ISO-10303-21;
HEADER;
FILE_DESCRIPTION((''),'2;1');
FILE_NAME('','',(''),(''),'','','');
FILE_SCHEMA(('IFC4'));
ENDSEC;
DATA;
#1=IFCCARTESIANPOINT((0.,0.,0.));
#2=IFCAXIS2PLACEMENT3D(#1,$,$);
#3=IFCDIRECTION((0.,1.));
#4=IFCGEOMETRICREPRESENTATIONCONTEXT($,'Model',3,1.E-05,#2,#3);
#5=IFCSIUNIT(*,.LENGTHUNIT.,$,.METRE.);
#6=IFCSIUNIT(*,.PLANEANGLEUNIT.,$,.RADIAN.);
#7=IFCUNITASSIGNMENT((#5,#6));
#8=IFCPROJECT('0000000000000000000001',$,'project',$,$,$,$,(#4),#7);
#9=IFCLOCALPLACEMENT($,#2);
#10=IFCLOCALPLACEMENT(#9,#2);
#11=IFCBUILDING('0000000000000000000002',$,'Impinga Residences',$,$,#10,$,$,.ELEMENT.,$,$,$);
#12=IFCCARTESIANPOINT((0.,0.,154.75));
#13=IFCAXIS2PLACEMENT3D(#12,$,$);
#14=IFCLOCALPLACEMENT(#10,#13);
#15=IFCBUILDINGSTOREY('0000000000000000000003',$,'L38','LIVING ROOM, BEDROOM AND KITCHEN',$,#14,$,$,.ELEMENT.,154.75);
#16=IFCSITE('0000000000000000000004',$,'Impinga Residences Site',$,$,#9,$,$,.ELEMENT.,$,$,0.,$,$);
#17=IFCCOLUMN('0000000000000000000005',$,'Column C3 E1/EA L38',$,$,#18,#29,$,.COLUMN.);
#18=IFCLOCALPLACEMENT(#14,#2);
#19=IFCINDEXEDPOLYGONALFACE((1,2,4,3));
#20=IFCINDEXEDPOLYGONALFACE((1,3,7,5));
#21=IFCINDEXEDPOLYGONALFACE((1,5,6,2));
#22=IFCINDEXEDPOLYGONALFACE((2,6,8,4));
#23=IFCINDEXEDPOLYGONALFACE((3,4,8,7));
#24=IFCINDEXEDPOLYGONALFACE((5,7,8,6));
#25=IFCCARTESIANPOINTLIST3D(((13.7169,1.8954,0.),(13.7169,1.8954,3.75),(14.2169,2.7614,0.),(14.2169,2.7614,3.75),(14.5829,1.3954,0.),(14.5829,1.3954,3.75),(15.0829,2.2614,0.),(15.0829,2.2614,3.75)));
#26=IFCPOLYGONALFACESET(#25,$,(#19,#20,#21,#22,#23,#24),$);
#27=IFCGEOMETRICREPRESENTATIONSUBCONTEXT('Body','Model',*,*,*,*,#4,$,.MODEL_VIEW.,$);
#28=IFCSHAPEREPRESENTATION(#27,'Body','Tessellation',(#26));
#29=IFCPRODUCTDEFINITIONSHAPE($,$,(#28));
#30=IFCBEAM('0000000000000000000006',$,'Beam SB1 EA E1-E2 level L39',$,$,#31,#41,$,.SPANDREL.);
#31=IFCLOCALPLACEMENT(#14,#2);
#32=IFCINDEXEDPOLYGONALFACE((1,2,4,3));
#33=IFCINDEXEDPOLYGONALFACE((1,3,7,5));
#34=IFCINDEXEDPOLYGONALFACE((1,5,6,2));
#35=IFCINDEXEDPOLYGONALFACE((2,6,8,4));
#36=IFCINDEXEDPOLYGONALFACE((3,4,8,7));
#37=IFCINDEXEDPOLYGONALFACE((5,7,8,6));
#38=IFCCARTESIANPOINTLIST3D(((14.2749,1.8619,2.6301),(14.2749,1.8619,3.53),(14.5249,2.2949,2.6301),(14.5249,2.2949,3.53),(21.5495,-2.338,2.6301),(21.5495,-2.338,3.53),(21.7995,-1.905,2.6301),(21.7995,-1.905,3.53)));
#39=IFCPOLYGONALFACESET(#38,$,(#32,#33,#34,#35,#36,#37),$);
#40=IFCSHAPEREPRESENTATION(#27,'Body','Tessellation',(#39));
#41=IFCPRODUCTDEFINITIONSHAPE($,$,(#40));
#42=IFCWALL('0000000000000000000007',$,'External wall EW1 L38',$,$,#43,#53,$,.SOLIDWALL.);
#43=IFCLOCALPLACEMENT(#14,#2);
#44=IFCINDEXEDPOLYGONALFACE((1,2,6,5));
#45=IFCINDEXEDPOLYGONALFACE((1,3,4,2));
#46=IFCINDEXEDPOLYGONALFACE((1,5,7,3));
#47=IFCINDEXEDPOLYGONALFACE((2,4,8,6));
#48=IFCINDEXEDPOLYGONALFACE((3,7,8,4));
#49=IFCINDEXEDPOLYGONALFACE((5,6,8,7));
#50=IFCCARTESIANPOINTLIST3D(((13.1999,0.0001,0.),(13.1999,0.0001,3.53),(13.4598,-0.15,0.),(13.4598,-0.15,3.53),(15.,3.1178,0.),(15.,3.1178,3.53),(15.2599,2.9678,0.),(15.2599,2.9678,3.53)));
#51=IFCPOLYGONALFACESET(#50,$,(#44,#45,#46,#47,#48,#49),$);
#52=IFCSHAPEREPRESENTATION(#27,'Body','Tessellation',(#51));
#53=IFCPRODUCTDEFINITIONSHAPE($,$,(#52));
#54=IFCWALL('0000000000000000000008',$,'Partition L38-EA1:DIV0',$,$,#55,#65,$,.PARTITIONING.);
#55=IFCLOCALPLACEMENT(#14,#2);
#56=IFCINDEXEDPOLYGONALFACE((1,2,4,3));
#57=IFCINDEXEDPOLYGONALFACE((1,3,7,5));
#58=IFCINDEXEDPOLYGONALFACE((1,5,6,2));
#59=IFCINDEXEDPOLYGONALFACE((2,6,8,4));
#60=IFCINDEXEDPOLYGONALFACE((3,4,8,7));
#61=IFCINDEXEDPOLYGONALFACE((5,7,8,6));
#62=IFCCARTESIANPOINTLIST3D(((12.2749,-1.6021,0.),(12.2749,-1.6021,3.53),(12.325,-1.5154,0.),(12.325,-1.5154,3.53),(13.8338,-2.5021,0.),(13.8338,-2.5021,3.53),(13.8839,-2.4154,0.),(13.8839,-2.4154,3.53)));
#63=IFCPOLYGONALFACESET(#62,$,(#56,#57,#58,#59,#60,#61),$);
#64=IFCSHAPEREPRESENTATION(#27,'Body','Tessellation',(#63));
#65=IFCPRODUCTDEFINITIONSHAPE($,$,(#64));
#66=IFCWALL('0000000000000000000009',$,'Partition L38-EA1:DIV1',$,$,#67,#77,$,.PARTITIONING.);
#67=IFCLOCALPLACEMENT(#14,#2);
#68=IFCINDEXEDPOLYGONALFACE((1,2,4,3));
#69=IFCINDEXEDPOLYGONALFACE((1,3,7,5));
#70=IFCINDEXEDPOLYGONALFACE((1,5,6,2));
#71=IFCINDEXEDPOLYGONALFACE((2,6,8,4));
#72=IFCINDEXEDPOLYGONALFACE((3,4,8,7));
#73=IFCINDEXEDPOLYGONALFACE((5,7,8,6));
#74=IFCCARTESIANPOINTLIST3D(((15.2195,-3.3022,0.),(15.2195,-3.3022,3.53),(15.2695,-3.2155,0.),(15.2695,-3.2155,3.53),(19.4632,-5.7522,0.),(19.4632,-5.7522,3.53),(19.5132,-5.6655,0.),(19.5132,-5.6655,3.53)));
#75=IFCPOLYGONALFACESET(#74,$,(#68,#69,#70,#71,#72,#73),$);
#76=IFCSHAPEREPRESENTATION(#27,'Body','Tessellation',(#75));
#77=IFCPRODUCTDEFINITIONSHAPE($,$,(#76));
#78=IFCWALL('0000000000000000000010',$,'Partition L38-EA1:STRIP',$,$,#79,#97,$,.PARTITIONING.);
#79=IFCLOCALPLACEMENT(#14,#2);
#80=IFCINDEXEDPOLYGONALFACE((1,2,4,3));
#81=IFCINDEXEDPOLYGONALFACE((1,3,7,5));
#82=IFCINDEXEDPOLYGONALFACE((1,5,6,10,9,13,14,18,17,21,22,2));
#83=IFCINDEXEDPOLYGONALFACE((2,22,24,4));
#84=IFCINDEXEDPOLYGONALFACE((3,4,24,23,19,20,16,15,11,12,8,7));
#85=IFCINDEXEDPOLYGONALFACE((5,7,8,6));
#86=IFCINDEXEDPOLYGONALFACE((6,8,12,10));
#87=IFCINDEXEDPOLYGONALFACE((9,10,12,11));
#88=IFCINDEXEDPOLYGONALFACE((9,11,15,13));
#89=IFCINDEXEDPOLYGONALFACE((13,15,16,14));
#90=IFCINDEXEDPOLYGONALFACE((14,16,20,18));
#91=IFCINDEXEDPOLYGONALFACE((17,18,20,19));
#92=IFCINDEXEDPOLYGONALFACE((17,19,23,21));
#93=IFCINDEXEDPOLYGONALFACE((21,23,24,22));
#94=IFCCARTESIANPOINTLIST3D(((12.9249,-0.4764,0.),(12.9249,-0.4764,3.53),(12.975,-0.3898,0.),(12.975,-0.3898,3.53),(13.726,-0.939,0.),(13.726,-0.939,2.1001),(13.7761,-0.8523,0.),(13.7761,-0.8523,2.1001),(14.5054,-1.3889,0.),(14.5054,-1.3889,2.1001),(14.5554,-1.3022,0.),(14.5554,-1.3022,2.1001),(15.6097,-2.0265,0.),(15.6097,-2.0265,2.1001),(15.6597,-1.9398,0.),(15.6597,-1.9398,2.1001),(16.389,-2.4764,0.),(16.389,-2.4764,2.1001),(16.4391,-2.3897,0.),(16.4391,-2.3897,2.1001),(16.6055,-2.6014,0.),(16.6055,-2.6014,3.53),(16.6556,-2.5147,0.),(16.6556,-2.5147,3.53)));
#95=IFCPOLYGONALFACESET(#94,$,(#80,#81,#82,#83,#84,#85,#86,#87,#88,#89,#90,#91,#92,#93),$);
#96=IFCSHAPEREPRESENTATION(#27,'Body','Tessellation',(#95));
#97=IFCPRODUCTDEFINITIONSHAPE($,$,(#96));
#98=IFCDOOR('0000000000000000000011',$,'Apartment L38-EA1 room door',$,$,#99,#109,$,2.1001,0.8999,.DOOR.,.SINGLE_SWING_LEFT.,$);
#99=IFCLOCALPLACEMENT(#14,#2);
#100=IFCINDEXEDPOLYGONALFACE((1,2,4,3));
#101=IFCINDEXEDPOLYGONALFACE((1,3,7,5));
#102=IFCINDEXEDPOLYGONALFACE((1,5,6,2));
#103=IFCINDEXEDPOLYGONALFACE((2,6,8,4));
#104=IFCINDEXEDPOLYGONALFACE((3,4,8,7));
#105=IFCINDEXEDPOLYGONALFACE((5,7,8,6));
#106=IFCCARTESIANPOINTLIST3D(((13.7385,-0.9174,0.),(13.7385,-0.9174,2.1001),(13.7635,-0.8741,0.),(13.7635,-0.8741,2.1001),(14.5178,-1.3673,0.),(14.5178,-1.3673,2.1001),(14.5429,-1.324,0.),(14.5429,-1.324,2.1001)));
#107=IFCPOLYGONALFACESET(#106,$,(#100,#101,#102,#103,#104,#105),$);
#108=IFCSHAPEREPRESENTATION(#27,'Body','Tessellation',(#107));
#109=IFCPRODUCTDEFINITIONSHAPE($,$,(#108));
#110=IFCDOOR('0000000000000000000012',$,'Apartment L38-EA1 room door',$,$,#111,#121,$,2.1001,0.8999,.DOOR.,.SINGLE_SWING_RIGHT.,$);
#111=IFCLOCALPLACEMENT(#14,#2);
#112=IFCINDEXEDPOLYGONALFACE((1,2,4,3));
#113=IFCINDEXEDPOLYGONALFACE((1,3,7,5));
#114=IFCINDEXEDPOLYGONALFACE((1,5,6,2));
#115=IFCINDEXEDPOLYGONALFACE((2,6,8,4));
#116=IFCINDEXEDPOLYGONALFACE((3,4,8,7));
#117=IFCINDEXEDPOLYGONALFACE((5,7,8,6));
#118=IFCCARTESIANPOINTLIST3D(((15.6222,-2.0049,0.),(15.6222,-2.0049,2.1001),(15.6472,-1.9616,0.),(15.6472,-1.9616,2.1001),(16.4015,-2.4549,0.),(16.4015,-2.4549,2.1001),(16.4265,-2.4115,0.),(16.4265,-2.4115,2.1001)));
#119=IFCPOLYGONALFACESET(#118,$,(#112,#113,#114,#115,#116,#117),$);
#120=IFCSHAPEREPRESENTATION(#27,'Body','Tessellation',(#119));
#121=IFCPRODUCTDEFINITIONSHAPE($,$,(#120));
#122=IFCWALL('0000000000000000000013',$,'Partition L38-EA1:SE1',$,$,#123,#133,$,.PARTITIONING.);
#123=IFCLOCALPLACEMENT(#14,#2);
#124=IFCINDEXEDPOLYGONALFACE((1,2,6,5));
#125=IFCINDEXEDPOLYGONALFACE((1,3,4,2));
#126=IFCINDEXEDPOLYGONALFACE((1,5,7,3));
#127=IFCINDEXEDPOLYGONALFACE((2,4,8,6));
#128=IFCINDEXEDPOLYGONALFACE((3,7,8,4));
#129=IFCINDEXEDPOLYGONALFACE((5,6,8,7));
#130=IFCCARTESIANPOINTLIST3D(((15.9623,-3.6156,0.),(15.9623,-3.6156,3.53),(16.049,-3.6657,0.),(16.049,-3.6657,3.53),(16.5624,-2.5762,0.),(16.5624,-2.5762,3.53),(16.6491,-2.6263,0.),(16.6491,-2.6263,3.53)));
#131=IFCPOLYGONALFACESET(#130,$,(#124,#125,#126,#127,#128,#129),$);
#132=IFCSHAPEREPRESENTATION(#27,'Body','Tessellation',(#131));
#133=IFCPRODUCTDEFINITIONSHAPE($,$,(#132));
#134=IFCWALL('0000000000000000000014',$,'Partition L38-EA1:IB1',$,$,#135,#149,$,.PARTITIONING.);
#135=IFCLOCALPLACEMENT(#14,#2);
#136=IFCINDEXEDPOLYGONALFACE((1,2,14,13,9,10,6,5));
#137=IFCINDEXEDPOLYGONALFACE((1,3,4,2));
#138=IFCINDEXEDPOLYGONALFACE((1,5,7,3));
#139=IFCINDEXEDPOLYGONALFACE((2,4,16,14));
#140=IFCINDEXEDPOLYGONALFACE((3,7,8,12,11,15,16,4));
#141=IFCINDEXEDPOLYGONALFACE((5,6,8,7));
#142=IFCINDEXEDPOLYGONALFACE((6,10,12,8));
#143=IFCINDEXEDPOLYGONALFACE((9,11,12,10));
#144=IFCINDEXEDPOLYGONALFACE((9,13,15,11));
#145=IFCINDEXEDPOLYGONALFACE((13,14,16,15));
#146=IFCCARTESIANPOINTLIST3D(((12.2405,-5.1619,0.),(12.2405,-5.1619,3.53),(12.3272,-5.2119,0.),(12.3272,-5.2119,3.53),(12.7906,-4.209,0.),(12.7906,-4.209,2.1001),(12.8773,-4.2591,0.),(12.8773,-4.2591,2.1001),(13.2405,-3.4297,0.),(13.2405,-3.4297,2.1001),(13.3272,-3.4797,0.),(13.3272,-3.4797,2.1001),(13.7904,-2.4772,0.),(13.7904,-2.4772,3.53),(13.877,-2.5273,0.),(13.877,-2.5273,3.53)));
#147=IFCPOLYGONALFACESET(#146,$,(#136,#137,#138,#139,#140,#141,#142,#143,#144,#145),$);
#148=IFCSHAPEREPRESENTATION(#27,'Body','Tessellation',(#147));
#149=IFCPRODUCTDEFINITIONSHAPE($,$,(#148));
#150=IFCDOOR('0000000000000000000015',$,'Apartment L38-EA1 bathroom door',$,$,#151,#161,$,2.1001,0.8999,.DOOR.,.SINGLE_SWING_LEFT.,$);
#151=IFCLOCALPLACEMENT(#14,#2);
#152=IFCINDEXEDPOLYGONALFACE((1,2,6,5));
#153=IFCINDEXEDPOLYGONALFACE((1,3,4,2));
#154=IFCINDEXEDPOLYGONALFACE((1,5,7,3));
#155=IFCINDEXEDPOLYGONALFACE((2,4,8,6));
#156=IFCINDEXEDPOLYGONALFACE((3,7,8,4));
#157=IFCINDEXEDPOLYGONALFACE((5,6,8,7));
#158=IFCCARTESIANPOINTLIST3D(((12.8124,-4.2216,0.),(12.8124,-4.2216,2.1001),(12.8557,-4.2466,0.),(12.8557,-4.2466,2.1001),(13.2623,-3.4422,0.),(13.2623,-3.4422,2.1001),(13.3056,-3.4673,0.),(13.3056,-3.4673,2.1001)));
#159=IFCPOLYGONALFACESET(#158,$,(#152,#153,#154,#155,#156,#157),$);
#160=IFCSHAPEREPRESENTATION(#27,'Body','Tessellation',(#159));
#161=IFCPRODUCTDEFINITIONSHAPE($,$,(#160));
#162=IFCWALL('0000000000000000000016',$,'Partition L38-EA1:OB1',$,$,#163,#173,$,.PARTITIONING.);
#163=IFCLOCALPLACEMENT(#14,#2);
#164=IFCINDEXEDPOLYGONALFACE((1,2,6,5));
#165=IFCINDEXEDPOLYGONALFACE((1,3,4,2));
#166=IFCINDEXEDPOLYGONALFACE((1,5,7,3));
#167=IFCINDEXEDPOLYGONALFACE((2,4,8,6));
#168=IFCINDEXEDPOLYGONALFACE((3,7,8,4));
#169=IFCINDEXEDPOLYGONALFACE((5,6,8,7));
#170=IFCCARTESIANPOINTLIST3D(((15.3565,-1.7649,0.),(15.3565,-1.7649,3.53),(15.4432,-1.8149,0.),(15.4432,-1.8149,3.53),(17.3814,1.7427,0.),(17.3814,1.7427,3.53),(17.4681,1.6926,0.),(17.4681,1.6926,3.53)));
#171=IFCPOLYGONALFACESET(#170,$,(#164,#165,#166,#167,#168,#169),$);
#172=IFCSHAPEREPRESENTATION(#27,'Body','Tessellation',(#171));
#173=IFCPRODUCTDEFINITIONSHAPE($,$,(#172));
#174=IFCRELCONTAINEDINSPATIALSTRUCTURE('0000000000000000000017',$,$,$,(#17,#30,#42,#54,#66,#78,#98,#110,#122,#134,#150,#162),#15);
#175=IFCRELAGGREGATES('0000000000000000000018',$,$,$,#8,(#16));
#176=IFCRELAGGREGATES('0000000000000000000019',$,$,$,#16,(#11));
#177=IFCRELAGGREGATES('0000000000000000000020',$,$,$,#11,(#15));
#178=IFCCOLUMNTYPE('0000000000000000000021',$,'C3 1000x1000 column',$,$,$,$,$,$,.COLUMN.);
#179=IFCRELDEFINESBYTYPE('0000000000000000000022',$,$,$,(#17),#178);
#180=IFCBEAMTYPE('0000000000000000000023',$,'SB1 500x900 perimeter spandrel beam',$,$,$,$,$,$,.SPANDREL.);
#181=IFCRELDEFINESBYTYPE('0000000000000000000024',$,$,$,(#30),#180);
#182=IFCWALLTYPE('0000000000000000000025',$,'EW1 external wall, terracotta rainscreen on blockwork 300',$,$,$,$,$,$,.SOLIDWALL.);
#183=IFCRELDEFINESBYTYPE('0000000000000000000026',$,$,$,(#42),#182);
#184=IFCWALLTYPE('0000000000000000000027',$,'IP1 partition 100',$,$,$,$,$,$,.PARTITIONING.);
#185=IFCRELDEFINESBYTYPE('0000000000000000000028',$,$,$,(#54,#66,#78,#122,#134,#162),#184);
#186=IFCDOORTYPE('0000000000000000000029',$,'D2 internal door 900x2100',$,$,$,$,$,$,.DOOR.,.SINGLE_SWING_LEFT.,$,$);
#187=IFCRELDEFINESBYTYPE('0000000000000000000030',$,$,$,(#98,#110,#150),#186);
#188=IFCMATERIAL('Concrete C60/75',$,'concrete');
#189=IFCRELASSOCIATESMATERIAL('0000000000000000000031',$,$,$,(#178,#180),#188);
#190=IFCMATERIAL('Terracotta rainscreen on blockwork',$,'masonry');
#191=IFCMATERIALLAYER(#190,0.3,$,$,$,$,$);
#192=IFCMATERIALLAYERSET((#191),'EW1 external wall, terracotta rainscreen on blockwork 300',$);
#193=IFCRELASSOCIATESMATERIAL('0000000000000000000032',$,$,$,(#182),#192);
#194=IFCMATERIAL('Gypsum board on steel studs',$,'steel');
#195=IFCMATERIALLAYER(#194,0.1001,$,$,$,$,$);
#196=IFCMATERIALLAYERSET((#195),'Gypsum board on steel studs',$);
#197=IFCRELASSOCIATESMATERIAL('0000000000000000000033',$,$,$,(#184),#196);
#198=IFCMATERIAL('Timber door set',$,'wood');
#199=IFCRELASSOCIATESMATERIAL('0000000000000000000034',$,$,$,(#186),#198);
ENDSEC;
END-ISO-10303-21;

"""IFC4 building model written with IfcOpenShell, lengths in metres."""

from ifc_helpers import new_model, si_unit, direction, frame, frame_2d, origin, origin_2d, place, context, subcontext, project, spatial, rectangle, extrude, material, layer, layer_set, material_profile, profile_set, type_object, element, fill, save


model = new_model("IFC4")

# Units and contexts
model_context = context("Model", 3, precision=1e-05, world=origin(), true_north=direction((0.0, 1.0)))
body_context = subcontext(model_context, "Body", "Model", "MODEL_VIEW")
ifc_project = project(units=[si_unit("LENGTHUNIT", "METRE"), si_unit("PLANEANGLEUNIT", "RADIAN")], contexts=[model_context])

# Site, building, storey
site_placement = place(None, origin())
site = spatial("IfcSite", under=ifc_project, at=site_placement, Name="Impinga Residences Site", CompositionType="ELEMENT", RefElevation=0.0)
building_placement = place(site_placement, origin())
building = spatial("IfcBuilding", under=site, at=building_placement, Name="Impinga Residences", CompositionType="ELEMENT")
storey_placement = place(building_placement, frame((0.0, 0.0, 154.75)))
storey = spatial("IfcBuildingStorey", under=building, at=storey_placement, Name="L38", Description="LIVING ROOM, BEDROOM AND KITCHEN", CompositionType="ELEMENT", Elevation=154.75)

# Column
ifc_material_1 = material(Name="Concrete C60/75", Category="concrete")
ifc_material_profile_1 = material_profile(ifc_material_1, rectangle(XDim=1.0, YDim=1.0, at=origin_2d()), Name="RC 1000x1000")
ifc_profile_set_1 = profile_set([ifc_material_profile_1], Name="Concrete C60/75")
column_type = type_object("IfcColumnType", Name="C3 1000x1000 column", PredefinedType="COLUMN", material=ifc_profile_set_1)
column_placement = place(storey_placement, frame((14.3999, 2.0784, 0.0), z_axis=(0.0, 0.0, 1.0), x_axis=(-0.5, -0.866025, 0.0)))
element("IfcColumn", 1, at=column_placement, inside=storey, type_object=column_type, Name="Column C3 E1/EA L38", PredefinedType="COLUMN", context=body_context, shape_type="SweptSolid", body=[
    extrude(rectangle(XDim=1.0, YDim=1.0, at=origin_2d()), origin(), (0.0, 0.0, 1.0), 3.75),
])

# Beam
ifc_material_profile_2 = material_profile(ifc_material_1, rectangle(XDim=0.5, YDim=0.8999, at=origin_2d()), Name="RC 500x900")
ifc_profile_set_2 = profile_set([ifc_material_profile_2], Name="Concrete C60/75")
beam_type = type_object("IfcBeamType", Name="SB1 500x900 perimeter spandrel beam", PredefinedType="SPANDREL", material=ifc_profile_set_2)
beam_placement = place(storey_placement, frame((14.3999, 2.0784, 3.0801), z_axis=(0.866029, -0.499993, 0.0), x_axis=(0.499993, 0.866029, 0.0)))
element("IfcBeam", 2, at=beam_placement, inside=storey, type_object=beam_type, Name="Beam SB1 EA E1-E2 level L39", PredefinedType="SPANDREL", context=body_context, shape_type="SweptSolid", body=[
    extrude(rectangle(XDim=0.5, YDim=0.8999, at=origin_2d()), origin(), (0.0, 0.0, 1.0), 8.3999),
])

# Wall
ifc_material_2 = material(Name="Terracotta rainscreen on blockwork", Category="masonry")
ifc_layer_1 = layer(ifc_material_2, 0.3)
ifc_layer_set_1 = layer_set([ifc_layer_1], Name="EW1 external wall, terracotta rainscreen on blockwork 300")
wall_type_1 = type_object("IfcWallType", Name="EW1 external wall, terracotta rainscreen on blockwork 300", PredefinedType="SOLIDWALL", material=ifc_layer_set_1)
wall_1_placement = place(storey_placement, frame((13.3298, -0.075, 0.0), z_axis=(0.0, 0.0, 1.0), x_axis=(0.500012, 0.866018, 0.0)))
element("IfcWall", 3, at=wall_1_placement, inside=storey, type_object=wall_type_1, Name="External wall EW1 L38", PredefinedType="SOLIDWALL", context=body_context, shape_type="SweptSolid", body=[
    extrude(rectangle(XDim=3.6001, YDim=0.3, at=frame_2d((1.8, 0.0))), origin(), (0.0, 0.0, 1.0), 3.53),
])

# Walls
ifc_material_3 = material(Name="Gypsum board on steel studs", Category="steel")
ifc_layer_2 = layer(ifc_material_3, 0.1001)
ifc_layer_set_2 = layer_set([ifc_layer_2], Name="Gypsum board on steel studs")
wall_type_2 = type_object("IfcWallType", Name="IP1 partition 100", PredefinedType="PARTITIONING", material=ifc_layer_set_2)
wall_2_placement = place(storey_placement, frame((12.3, -1.5588, 0.0), z_axis=(0.0, 0.0, 1.0), x_axis=(0.866048, -0.499961, 0.0)))
element("IfcWall", 4, at=wall_2_placement, inside=storey, type_object=wall_type_2, Name="Partition L38-EA1:DIV0", PredefinedType="PARTITIONING", context=body_context, shape_type="SweptSolid", body=[
    extrude(rectangle(XDim=1.8, YDim=0.1001, at=frame_2d((0.8999, 0.0))), origin(), (0.0, 0.0, 1.0), 3.53),
])
wall_3_placement = place(storey_placement, frame((15.2444, -3.2588, 0.0), z_axis=(0.0, 0.0, 1.0), x_axis=(0.866036, -0.499981, 0.0)))
element("IfcWall", 5, at=wall_3_placement, inside=storey, type_object=wall_type_2, Name="Partition L38-EA1:DIV1", PredefinedType="PARTITIONING", context=body_context, shape_type="SweptSolid", body=[
    extrude(rectangle(XDim=4.9001, YDim=0.1001, at=frame_2d((2.4502, 0.0))), origin(), (0.0, 0.0, 1.0), 3.53),
])

# Wall, openings, doors
wall_4_placement = place(storey_placement, frame((12.95, -0.4331, 0.0), z_axis=(0.0, 0.0, 1.0), x_axis=(0.866029, -0.499994, 0.0)))
wall_4 = element("IfcWall", 6, at=wall_4_placement, inside=storey, type_object=wall_type_2, Name="Partition L38-EA1:STRIP", PredefinedType="PARTITIONING", context=body_context, shape_type="SweptSolid", body=[
    extrude(rectangle(XDim=4.25, YDim=0.1001, at=frame_2d((2.125, 0.0))), origin(), (0.0, 0.0, 1.0), 3.53),
])
opening_1_placement = place(wall_4_placement, frame((0.925, 0.0, 0.0)))
opening_1 = element("IfcOpeningElement", 7, at=opening_1_placement, cuts=wall_4, PredefinedType="OPENING", context=body_context, shape_type="SweptSolid", body=[
    extrude(rectangle(XDim=0.8999, YDim=2.1001, at=frame_2d((0.45, 1.05))), frame((0.0, 0.0601, 0.0), z_axis=(0.0, -1.0, 0.0), x_axis=(1.0, 0.0, 0.0)), (0.0, 0.0, 1.0), 0.1201),
])
opening_2_placement = place(wall_4_placement, frame((3.1001, 0.0, 0.0)))
opening_2 = element("IfcOpeningElement", 8, at=opening_2_placement, cuts=wall_4, PredefinedType="OPENING", context=body_context, shape_type="SweptSolid", body=[
    extrude(rectangle(XDim=0.8999, YDim=2.1001, at=frame_2d((0.45, 1.05))), frame((0.0, 0.0601, 0.0), z_axis=(0.0, -1.0, 0.0), x_axis=(1.0, 0.0, 0.0)), (0.0, 0.0, 1.0), 0.1201),
])
ifc_material_4 = material(Name="Timber door set", Category="wood")
door_type_1 = type_object("IfcDoorType", Name="D2 internal door 900x2100", OperationType="SINGLE_SWING_LEFT", PredefinedType="DOOR", material=ifc_material_4)
door_1_placement = place(opening_1_placement, origin())
door_1 = element("IfcDoor", 9, at=door_1_placement, inside=storey, type_object=door_type_1, Name="Apartment L38-EA1 room door", OperationType="SINGLE_SWING_LEFT", OverallHeight=2.1001, OverallWidth=0.8999, PredefinedType="DOOR", context=body_context, shape_type="SweptSolid", body=[
    extrude(rectangle(XDim=0.8999, YDim=2.1001, at=frame_2d((0.45, 1.05))), frame((0.0, 0.0249, 0.0), z_axis=(0.0, -1.0, 0.0), x_axis=(1.0, 0.0, 0.0)), (0.0, 0.0, 1.0), 0.05),
])
fill(opening_1, door_1)
door_2_placement = place(opening_2_placement, origin())
door_2 = element("IfcDoor", 10, at=door_2_placement, inside=storey, type_object=door_type_1, Name="Apartment L38-EA1 room door", OperationType="SINGLE_SWING_RIGHT", OverallHeight=2.1001, OverallWidth=0.8999, PredefinedType="DOOR", context=body_context, shape_type="SweptSolid", body=[
    extrude(rectangle(XDim=0.8999, YDim=2.1001, at=frame_2d((0.45, 1.05))), frame((0.0, 0.0249, 0.0), z_axis=(0.0, -1.0, 0.0), x_axis=(1.0, 0.0, 0.0)), (0.0, 0.0, 1.0), 0.05),
])
fill(opening_2, door_2)

# Wall
wall_5_placement = place(storey_placement, frame((16.0056, -3.6406, 0.0), z_axis=(0.0, 0.0, 1.0), x_axis=(0.500034, 0.866006, 0.0)))
element("IfcWall", 11, at=wall_5_placement, inside=storey, type_object=wall_type_2, Name="Partition L38-EA1:SE1", PredefinedType="PARTITIONING", context=body_context, shape_type="SweptSolid", body=[
    extrude(rectangle(XDim=1.2002, YDim=0.1001, at=frame_2d((0.6001, 0.0))), origin(), (0.0, 0.0, 1.0), 3.53),
])

# Wall, opening, door
wall_6_placement = place(storey_placement, frame((12.2839, -5.1868, 0.0), z_axis=(0.0, 0.0, 1.0), x_axis=(0.499968, 0.866044, 0.0)))
wall_6 = element("IfcWall", 12, at=wall_6_placement, inside=storey, type_object=wall_type_2, Name="Partition L38-EA1:IB1", PredefinedType="PARTITIONING", context=body_context, shape_type="SweptSolid", body=[
    extrude(rectangle(XDim=3.0999, YDim=0.1001, at=frame_2d((1.5498, 0.0))), origin(), (0.0, 0.0, 1.0), 3.53),
])
opening_3_placement = place(wall_6_placement, frame((1.1001, 0.0, 0.0)))
opening_3 = element("IfcOpeningElement", 13, at=opening_3_placement, cuts=wall_6, PredefinedType="OPENING", context=body_context, shape_type="SweptSolid", body=[
    extrude(rectangle(XDim=0.8999, YDim=2.1001, at=frame_2d((0.45, 1.05))), frame((0.0, 0.0601, 0.0), z_axis=(0.0, -1.0, 0.0), x_axis=(1.0, 0.0, 0.0)), (0.0, 0.0, 1.0), 0.1201),
])
door_3_placement = place(opening_3_placement, origin())
door_3 = element("IfcDoor", 14, at=door_3_placement, inside=storey, type_object=door_type_1, Name="Apartment L38-EA1 bathroom door", OperationType="SINGLE_SWING_LEFT", OverallHeight=2.1001, OverallWidth=0.8999, PredefinedType="DOOR", context=body_context, shape_type="SweptSolid", body=[
    extrude(rectangle(XDim=0.8999, YDim=2.1001, at=frame_2d((0.45, 1.05))), frame((0.0, 0.0249, 0.0), z_axis=(0.0, -1.0, 0.0), x_axis=(1.0, 0.0, 0.0)), (0.0, 0.0, 1.0), 0.05),
])
fill(opening_3, door_3)

# Wall
wall_7_placement = place(storey_placement, frame((15.3999, -1.7898, 0.0), z_axis=(0.0, 0.0, 1.0), x_axis=(0.499964, 0.866046, 0.0)))
element("IfcWall", 15, at=wall_7_placement, inside=storey, type_object=wall_type_2, Name="Partition L38-EA1:OB1", PredefinedType="PARTITIONING", context=body_context, shape_type="SweptSolid", body=[
    extrude(rectangle(XDim=4.05, YDim=0.1001, at=frame_2d((2.0249, 0.0))), origin(), (0.0, 0.0, 1.0), 3.53),
])

save(model, "model.ifc")
